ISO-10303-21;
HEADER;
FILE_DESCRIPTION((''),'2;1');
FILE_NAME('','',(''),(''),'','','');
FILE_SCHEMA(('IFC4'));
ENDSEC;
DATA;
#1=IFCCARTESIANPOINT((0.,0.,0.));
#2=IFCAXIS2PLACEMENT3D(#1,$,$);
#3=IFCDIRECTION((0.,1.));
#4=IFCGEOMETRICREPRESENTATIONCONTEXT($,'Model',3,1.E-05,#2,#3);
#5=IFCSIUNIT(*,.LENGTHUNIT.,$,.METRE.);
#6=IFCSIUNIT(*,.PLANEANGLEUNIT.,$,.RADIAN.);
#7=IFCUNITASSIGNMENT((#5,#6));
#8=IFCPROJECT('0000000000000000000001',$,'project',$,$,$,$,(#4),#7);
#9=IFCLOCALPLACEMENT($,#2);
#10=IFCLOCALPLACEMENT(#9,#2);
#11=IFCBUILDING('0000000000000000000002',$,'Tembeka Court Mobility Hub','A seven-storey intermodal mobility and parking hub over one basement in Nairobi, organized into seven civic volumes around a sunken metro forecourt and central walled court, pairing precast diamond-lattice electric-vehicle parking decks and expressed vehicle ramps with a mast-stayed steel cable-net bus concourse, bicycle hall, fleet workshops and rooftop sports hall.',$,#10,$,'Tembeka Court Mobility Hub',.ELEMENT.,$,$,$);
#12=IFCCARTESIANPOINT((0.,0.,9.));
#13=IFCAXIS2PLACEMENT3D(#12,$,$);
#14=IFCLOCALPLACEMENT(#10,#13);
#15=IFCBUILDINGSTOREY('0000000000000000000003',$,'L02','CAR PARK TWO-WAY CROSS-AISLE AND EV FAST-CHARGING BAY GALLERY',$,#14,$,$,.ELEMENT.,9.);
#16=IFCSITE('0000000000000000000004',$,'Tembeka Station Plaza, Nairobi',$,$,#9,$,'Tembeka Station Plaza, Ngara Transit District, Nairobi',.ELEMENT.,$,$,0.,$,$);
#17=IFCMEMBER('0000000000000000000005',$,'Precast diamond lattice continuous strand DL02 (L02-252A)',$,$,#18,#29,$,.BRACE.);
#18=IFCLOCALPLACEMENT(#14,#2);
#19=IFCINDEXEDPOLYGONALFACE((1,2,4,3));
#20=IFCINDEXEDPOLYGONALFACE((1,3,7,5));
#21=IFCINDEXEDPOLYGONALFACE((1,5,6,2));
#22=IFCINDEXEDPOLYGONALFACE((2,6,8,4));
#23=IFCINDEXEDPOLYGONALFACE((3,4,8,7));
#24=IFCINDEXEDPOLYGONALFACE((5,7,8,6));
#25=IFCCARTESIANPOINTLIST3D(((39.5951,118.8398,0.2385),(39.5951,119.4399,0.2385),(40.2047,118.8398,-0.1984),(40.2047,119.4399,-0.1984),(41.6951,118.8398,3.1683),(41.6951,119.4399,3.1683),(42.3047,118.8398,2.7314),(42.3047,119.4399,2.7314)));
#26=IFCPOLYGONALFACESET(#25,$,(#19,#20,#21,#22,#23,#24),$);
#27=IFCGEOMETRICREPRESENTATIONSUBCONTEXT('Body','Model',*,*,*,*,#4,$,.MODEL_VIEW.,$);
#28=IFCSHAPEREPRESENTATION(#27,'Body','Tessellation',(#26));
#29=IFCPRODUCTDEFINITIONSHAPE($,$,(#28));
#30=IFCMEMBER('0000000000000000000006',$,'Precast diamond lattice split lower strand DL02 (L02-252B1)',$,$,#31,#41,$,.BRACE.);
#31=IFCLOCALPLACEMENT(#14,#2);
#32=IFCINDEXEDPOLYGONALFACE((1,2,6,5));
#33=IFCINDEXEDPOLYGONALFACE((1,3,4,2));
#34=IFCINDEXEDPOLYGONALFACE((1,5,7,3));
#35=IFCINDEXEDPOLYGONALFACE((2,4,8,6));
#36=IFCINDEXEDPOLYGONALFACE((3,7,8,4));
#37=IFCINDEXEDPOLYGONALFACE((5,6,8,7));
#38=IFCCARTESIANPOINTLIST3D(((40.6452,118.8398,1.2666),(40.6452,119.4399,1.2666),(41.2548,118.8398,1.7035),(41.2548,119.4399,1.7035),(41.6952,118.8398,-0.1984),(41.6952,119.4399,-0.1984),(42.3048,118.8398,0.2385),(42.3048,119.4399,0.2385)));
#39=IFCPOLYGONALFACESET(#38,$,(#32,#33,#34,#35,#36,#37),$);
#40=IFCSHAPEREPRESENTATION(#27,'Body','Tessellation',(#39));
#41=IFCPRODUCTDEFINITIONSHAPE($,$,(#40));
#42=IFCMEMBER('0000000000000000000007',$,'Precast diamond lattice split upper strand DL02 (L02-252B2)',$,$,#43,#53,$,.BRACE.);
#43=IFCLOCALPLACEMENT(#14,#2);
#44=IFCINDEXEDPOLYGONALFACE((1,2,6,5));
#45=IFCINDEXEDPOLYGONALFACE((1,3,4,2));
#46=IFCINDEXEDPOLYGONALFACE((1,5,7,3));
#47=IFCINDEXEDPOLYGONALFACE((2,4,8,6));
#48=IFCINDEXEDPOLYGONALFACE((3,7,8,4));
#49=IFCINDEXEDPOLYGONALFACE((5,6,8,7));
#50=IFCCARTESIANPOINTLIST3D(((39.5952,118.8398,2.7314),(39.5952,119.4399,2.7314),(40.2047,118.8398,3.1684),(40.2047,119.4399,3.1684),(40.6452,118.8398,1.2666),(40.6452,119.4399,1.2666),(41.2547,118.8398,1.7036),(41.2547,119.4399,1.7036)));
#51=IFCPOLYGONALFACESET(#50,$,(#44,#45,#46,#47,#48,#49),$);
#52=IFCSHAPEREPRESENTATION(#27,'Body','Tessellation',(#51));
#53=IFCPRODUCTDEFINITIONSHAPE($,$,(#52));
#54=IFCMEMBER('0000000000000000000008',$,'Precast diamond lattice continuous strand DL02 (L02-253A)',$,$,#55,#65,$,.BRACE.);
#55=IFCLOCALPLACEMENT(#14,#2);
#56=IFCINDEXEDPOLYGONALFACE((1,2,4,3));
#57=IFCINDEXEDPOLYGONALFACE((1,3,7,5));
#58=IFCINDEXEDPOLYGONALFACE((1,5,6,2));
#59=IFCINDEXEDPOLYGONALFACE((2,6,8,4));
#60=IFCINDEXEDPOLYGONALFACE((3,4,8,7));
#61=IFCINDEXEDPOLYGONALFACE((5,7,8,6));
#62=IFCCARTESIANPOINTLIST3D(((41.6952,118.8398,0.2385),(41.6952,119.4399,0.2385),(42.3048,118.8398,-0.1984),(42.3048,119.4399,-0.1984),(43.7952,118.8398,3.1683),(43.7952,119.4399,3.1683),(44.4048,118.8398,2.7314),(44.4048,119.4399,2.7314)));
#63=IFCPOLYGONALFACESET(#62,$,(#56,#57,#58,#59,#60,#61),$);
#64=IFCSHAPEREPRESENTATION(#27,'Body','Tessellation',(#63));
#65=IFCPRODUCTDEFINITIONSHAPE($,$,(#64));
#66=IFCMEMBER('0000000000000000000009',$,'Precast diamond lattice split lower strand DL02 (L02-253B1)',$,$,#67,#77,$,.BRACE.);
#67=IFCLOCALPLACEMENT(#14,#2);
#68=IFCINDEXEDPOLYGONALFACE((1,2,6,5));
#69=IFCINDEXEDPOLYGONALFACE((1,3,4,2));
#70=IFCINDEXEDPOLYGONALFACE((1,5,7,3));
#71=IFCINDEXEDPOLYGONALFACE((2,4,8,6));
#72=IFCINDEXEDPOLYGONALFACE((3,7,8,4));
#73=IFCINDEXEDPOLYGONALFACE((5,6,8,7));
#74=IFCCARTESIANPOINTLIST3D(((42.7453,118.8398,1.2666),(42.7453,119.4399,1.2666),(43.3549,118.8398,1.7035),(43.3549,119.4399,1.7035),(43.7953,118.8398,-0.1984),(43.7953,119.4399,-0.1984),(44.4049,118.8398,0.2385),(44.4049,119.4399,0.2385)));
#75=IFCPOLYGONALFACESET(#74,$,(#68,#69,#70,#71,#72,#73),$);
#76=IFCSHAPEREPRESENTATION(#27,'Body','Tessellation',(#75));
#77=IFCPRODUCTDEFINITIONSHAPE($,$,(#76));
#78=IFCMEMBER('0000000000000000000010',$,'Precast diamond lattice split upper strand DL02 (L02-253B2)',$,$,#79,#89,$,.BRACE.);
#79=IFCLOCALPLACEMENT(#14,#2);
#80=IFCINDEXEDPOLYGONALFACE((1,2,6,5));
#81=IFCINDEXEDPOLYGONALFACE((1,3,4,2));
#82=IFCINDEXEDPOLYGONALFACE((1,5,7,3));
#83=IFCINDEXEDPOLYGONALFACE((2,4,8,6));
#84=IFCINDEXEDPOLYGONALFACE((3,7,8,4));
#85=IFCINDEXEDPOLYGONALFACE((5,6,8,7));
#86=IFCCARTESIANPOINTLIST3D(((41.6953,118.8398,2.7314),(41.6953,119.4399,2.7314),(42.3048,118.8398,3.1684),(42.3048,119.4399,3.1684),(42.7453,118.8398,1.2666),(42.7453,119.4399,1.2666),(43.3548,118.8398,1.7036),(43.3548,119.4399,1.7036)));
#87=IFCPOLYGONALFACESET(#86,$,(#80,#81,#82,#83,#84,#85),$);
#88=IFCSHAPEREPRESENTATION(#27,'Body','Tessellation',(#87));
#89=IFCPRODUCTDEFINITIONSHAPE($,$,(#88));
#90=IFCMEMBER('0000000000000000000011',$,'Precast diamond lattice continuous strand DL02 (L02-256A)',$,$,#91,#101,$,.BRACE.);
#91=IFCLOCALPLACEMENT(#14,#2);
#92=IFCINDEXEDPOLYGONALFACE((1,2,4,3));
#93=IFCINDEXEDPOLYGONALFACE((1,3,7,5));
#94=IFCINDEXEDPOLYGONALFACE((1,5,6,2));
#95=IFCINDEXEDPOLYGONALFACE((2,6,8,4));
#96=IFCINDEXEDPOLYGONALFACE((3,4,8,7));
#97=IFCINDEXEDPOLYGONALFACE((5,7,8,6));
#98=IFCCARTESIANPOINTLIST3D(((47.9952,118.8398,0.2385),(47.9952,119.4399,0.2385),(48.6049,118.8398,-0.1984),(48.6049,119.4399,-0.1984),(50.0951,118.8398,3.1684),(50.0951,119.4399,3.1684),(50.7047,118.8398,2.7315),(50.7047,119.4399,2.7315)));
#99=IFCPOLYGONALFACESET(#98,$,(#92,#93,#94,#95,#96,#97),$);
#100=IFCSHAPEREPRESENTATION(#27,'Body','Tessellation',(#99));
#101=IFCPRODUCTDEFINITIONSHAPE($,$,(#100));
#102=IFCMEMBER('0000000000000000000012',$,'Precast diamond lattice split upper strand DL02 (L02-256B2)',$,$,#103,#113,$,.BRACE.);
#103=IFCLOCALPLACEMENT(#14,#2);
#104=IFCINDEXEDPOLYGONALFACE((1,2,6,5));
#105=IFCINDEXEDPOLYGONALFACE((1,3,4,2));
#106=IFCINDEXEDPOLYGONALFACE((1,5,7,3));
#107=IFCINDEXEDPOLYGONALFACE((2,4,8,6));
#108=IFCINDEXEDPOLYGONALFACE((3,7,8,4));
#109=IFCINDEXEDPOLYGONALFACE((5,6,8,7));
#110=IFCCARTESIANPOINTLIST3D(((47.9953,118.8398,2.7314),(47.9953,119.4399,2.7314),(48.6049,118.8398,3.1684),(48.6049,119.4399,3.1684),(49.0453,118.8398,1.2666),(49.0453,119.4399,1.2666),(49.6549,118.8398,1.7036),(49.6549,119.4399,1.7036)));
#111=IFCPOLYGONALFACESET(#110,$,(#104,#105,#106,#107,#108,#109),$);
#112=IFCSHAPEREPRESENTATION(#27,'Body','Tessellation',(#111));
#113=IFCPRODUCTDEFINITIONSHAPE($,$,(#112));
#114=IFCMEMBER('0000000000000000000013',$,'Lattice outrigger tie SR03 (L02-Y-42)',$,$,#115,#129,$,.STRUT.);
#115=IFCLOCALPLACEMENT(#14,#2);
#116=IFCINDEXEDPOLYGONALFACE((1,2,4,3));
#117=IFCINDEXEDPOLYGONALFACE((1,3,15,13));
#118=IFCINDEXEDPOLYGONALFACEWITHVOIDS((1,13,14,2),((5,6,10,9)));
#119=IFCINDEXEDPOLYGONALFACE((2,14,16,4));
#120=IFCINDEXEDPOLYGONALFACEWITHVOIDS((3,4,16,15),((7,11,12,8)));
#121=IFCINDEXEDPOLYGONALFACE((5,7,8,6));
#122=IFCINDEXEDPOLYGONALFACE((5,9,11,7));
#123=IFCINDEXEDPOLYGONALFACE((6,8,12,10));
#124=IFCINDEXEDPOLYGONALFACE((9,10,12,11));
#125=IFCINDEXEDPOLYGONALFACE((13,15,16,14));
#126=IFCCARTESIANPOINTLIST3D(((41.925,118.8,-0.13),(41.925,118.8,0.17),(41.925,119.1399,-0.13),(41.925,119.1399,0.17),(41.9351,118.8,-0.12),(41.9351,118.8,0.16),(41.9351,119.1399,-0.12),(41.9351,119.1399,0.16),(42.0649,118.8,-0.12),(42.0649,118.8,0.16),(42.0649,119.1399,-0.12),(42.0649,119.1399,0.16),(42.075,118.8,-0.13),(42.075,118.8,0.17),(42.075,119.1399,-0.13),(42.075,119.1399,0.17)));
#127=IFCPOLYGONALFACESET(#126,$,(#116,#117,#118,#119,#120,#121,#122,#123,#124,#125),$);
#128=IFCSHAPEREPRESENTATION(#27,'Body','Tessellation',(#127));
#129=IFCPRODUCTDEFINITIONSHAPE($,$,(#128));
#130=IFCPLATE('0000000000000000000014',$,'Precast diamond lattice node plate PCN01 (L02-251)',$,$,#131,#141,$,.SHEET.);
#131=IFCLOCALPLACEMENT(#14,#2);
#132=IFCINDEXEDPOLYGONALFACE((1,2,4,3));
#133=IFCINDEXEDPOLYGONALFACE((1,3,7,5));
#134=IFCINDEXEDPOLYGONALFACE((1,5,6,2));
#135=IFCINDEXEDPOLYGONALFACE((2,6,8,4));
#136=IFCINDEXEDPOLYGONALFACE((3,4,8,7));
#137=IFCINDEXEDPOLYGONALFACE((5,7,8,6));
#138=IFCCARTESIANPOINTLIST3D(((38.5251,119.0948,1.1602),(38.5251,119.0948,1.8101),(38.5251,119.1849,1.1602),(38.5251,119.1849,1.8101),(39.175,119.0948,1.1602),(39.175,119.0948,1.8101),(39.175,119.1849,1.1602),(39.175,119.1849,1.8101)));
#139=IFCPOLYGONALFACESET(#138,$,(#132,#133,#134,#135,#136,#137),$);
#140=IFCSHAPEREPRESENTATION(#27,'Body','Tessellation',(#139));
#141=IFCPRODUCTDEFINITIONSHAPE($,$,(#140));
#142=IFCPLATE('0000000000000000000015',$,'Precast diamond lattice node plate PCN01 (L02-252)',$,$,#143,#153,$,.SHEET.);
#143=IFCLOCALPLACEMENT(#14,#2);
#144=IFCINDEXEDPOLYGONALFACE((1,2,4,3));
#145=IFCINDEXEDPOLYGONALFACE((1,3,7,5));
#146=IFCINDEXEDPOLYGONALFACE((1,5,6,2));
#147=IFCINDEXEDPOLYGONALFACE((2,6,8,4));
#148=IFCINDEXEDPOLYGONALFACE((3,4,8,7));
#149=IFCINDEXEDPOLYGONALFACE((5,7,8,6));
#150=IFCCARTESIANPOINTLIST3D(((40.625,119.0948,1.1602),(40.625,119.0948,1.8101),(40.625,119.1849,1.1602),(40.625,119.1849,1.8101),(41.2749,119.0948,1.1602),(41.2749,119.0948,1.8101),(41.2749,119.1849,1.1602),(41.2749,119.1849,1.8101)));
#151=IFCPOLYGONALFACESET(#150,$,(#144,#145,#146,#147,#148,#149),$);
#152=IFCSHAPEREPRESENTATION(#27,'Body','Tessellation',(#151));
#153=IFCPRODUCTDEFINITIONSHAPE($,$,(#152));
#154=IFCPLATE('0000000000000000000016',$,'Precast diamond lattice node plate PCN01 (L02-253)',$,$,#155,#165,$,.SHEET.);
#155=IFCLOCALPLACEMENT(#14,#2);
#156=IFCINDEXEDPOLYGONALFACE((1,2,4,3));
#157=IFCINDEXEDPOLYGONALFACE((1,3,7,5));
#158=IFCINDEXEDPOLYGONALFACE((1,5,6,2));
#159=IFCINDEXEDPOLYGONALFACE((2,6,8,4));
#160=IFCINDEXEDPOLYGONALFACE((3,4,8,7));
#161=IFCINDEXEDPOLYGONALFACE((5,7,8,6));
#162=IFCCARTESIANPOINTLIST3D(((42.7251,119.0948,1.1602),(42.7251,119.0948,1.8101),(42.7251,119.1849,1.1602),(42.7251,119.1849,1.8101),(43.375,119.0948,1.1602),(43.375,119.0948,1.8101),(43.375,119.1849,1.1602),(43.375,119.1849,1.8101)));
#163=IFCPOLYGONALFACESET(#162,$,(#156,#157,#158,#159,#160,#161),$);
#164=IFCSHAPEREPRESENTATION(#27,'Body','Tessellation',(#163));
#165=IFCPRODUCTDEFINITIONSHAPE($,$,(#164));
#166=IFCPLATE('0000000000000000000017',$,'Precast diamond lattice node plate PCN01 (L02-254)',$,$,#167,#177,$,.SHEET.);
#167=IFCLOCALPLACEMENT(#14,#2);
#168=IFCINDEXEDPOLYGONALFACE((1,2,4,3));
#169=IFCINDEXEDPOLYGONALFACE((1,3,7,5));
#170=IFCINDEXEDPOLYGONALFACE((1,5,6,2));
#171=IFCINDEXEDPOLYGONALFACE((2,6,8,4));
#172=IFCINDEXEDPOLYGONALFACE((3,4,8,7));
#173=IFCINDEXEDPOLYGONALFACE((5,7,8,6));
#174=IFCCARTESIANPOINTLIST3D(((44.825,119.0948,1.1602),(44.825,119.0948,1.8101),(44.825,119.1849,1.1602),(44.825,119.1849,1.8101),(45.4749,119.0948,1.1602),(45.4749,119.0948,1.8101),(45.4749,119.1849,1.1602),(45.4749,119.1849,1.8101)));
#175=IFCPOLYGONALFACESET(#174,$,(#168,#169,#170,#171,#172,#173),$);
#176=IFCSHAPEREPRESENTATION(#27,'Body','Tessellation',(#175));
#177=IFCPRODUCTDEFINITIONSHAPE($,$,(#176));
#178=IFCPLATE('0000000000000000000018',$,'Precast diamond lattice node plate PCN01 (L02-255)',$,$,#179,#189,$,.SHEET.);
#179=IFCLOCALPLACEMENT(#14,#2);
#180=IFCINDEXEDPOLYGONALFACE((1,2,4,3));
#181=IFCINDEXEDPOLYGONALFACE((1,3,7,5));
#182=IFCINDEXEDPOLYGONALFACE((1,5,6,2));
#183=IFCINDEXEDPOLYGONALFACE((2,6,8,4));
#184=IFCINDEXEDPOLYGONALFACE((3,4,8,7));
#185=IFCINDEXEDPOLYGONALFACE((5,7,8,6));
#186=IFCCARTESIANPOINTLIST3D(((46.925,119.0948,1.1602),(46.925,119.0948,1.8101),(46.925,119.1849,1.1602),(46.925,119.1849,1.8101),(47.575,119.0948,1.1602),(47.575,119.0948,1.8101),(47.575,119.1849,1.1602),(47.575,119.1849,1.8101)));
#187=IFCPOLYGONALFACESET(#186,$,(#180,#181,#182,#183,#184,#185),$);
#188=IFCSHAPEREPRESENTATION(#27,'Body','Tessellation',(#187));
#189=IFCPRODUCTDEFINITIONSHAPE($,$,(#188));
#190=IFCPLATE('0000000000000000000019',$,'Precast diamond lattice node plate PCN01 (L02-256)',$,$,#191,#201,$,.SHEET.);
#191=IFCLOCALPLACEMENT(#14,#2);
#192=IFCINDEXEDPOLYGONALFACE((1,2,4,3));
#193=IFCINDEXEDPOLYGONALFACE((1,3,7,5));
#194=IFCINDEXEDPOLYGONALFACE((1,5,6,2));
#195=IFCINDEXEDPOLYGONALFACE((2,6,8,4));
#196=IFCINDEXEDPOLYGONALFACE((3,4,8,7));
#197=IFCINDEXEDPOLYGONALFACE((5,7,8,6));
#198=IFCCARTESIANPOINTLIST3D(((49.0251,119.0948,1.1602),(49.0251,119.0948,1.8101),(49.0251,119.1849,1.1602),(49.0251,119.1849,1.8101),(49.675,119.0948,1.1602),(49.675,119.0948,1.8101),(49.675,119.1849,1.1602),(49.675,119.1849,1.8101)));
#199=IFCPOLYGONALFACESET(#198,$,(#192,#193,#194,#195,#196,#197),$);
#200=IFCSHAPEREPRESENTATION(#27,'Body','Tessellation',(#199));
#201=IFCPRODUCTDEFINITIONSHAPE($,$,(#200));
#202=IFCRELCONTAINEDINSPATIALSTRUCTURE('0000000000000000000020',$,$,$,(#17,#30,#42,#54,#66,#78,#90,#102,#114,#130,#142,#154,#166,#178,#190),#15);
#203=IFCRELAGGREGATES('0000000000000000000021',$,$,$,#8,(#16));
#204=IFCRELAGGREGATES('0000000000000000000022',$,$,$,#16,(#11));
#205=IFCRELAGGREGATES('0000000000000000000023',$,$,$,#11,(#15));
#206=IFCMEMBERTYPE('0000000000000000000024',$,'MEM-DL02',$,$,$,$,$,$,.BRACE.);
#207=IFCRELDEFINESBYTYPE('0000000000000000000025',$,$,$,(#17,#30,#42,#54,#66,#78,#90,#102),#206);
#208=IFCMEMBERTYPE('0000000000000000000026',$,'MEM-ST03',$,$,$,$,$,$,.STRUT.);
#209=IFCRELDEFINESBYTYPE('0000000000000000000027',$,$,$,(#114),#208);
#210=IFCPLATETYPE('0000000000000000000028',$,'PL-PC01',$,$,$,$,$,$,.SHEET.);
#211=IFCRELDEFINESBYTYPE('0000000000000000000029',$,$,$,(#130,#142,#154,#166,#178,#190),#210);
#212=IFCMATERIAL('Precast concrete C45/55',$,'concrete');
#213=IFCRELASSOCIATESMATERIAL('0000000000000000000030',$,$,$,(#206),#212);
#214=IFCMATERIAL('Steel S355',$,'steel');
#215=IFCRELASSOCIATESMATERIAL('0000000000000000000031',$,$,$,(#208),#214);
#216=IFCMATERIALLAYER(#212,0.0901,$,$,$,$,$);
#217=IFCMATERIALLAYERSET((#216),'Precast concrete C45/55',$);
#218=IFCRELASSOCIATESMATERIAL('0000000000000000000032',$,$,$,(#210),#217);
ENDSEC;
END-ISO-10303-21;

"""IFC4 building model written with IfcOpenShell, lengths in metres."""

from ifc_helpers import new_model, si_unit, direction, frame, origin, origin_2d, place, context, subcontext, project, spatial, rectangle, hollow_rectangle, extrude, material, layer, layer_set, material_profile, profile_set, type_object, element, save


model = new_model("IFC4")

# Units and contexts
model_context = context("Model", 3, precision=1e-05, world=origin(), true_north=direction((0.0, 1.0)))
body_context = subcontext(model_context, "Body", "Model", "MODEL_VIEW")
ifc_project = project(units=[si_unit("LENGTHUNIT", "METRE"), si_unit("PLANEANGLEUNIT", "RADIAN")], contexts=[model_context])

# Site, building, storey
site_placement = place(None, origin())
site = spatial("IfcSite", under=ifc_project, at=site_placement, Name="Tembeka Station Plaza, Nairobi", LongName="Tembeka Station Plaza, Ngara Transit District, Nairobi", CompositionType="ELEMENT", RefElevation=0.0)
building_placement = place(site_placement, origin())
building = spatial("IfcBuilding", under=site, at=building_placement, Name="Tembeka Court Mobility Hub", Description="A seven-storey intermodal mobility and parking hub over one basement in Nairobi, organized into seven civic volumes around a sunken metro forecourt and central walled court, pairing precast diamond-lattice electric-vehicle parking decks and expressed vehicle ramps with a mast-stayed steel cable-net bus concourse, bicycle hall, fleet workshops and rooftop sports hall.", LongName="Tembeka Court Mobility Hub", CompositionType="ELEMENT")
storey_placement = place(building_placement, frame((0.0, 0.0, 9.0)))
storey = spatial("IfcBuildingStorey", under=building, at=storey_placement, Name="L02", Description="CAR PARK TWO-WAY CROSS-AISLE AND EV FAST-CHARGING BAY GALLERY", CompositionType="ELEMENT", Elevation=9.0)

# Shared definitions
ifc_material_1 = material(Name="Steel S355", Category="steel")

# Shared definitions
ifc_material_2 = material(Name="Precast concrete C45/55", Category="concrete")

# Members
ifc_material_profile_1 = material_profile(ifc_material_2, rectangle(XDim=0.6001, YDim=0.75, at=origin_2d()), Name="PC-DIAG 600x750")
ifc_profile_set_1 = profile_set([ifc_material_profile_1], Name="Precast concrete C45/55")
member_type_1 = type_object("IfcMemberType", Name="MEM-DL02", PredefinedType="BRACE", material=ifc_profile_set_1)
member_1_placement = place(storey_placement, frame((39.8999, 119.1399, 0.02), z_axis=(0.582576, 0.0, 0.812776), x_axis=(0.0, 1.0, 0.0)))
element("IfcMember", 1, at=member_1_placement, inside=storey, type_object=member_type_1, Name="Precast diamond lattice continuous strand DL02 (L02-252A)", PredefinedType="BRACE", context=body_context, shape_type="SweptSolid", body=[
    extrude(rectangle(XDim=0.6001, YDim=0.75, at=origin_2d()), origin(), (0.0, 0.0, 1.0), 3.6047),
])
member_2_placement = place(storey_placement, frame((42.0, 119.1399, 0.02), z_axis=(-0.582544, 0.0, 0.812799), x_axis=(0.0, -1.0, 0.0)))
element("IfcMember", 2, at=member_2_placement, inside=storey, type_object=member_type_1, Name="Precast diamond lattice split lower strand DL02 (L02-252B1)", PredefinedType="BRACE", context=body_context, shape_type="SweptSolid", body=[
    extrude(rectangle(XDim=0.6001, YDim=0.75, at=origin_2d()), origin(), (0.0, 0.0, 1.0), 1.8025),
])
member_3_placement = place(storey_placement, frame((40.95, 119.1399, 1.4851), z_axis=(-0.582608, 0.0, 0.812753), x_axis=(0.0, -1.0, 0.0)))
element("IfcMember", 3, at=member_3_placement, inside=storey, type_object=member_type_1, Name="Precast diamond lattice split upper strand DL02 (L02-252B2)", PredefinedType="BRACE", context=body_context, shape_type="SweptSolid", body=[
    extrude(rectangle(XDim=0.6001, YDim=0.75, at=origin_2d()), origin(), (0.0, 0.0, 1.0), 1.8022),
])
member_4_placement = place(storey_placement, frame((42.0, 119.1399, 0.02), z_axis=(0.582576, 0.0, 0.812776), x_axis=(0.0, 1.0, 0.0)))
element("IfcMember", 4, at=member_4_placement, inside=storey, type_object=member_type_1, Name="Precast diamond lattice continuous strand DL02 (L02-253A)", PredefinedType="BRACE", context=body_context, shape_type="SweptSolid", body=[
    extrude(rectangle(XDim=0.6001, YDim=0.75, at=origin_2d()), origin(), (0.0, 0.0, 1.0), 3.6047),
])
member_5_placement = place(storey_placement, frame((44.1001, 119.1399, 0.02), z_axis=(-0.582544, 0.0, 0.812799), x_axis=(0.0, -1.0, 0.0)))
element("IfcMember", 5, at=member_5_placement, inside=storey, type_object=member_type_1, Name="Precast diamond lattice split lower strand DL02 (L02-253B1)", PredefinedType="BRACE", context=body_context, shape_type="SweptSolid", body=[
    extrude(rectangle(XDim=0.6001, YDim=0.75, at=origin_2d()), origin(), (0.0, 0.0, 1.0), 1.8025),
])
member_6_placement = place(storey_placement, frame((43.05, 119.1399, 1.4851), z_axis=(-0.582608, 0.0, 0.812753), x_axis=(0.0, -1.0, 0.0)))
element("IfcMember", 6, at=member_6_placement, inside=storey, type_object=member_type_1, Name="Precast diamond lattice split upper strand DL02 (L02-253B2)", PredefinedType="BRACE", context=body_context, shape_type="SweptSolid", body=[
    extrude(rectangle(XDim=0.6001, YDim=0.75, at=origin_2d()), origin(), (0.0, 0.0, 1.0), 1.8022),
])
member_7_placement = place(storey_placement, frame((48.3, 119.1399, 0.02), z_axis=(0.582532, 0.0, 0.812808), x_axis=(0.0, 1.0, 0.0)))
element("IfcMember", 7, at=member_7_placement, inside=storey, type_object=member_type_1, Name="Precast diamond lattice continuous strand DL02 (L02-256A)", PredefinedType="BRACE", context=body_context, shape_type="SweptSolid", body=[
    extrude(rectangle(XDim=0.6001, YDim=0.75, at=origin_2d()), origin(), (0.0, 0.0, 1.0), 3.6047),
])
member_8_placement = place(storey_placement, frame((49.3501, 119.1399, 1.4851), z_axis=(-0.582608, 0.0, 0.812753), x_axis=(0.0, -1.0, 0.0)))
element("IfcMember", 8, at=member_8_placement, inside=storey, type_object=member_type_1, Name="Precast diamond lattice split upper strand DL02 (L02-256B2)", PredefinedType="BRACE", context=body_context, shape_type="SweptSolid", body=[
    extrude(rectangle(XDim=0.6001, YDim=0.75, at=origin_2d()), origin(), (0.0, 0.0, 1.0), 1.8022),
])
ifc_material_profile_2 = material_profile(ifc_material_1, hollow_rectangle(XDim=0.1499, YDim=0.3, WallThickness=0.01, at=origin_2d()), Name="RHS 300x150x10")
ifc_profile_set_2 = profile_set([ifc_material_profile_2], Name="Steel S355")
member_type_2 = type_object("IfcMemberType", Name="MEM-ST03", PredefinedType="STRUT", material=ifc_profile_set_2)
member_9_placement = place(storey_placement, frame((42.0, 118.8, 0.02), z_axis=(0.0, 1.0, 0.0), x_axis=(-1.0, 0.0, 0.0)))
element("IfcMember", 9, at=member_9_placement, inside=storey, type_object=member_type_2, Name="Lattice outrigger tie SR03 (L02-Y-42)", PredefinedType="STRUT", context=body_context, shape_type="SweptSolid", body=[
    extrude(hollow_rectangle(XDim=0.1499, YDim=0.3, WallThickness=0.01, at=origin_2d()), origin(), (0.0, 0.0, 1.0), 0.3398),
])

# Plates
ifc_layer = layer(ifc_material_2, 0.0901)
ifc_layer_set = layer_set([ifc_layer], Name="Precast concrete C45/55")
plate_type = type_object("IfcPlateType", Name="PL-PC01", PredefinedType="SHEET", material=ifc_layer_set)
for number, where, z_axis, x_axis, name in (
    (10, (38.8501, 119.1399, 1.1602), (0.0, 0.0, 1.0), (1.0, 0.0, 0.0), "Precast diamond lattice node plate PCN01 (L02-251)"),
    (11, (40.95, 119.1399, 1.1602), (0.0, 0.0, 1.0), (1.0, 0.0, 0.0), "Precast diamond lattice node plate PCN01 (L02-252)"),
    (12, (43.05, 119.1399, 1.1602), (0.0, 0.0, 1.0), (1.0, 0.0, 0.0), "Precast diamond lattice node plate PCN01 (L02-253)"),
    (13, (45.1499, 119.1399, 1.1602), (0.0, 0.0, 1.0), (1.0, 0.0, 0.0), "Precast diamond lattice node plate PCN01 (L02-254)"),
    (14, (47.25, 119.1399, 1.1602), (0.0, 0.0, 1.0), (1.0, 0.0, 0.0), "Precast diamond lattice node plate PCN01 (L02-255)"),
    (15, (49.3501, 119.1399, 1.1602), (0.0, 0.0, 1.0), (1.0, 0.0, 0.0), "Precast diamond lattice node plate PCN01 (L02-256)"),
):
    element("IfcPlate", number, at=place(storey_placement, frame(where, z_axis=z_axis, x_axis=x_axis)), inside=storey, type_object=plate_type, Name=name, PredefinedType="SHEET", context=body_context, shape_type="SweptSolid", body=[
        extrude(rectangle(XDim=0.6499, YDim=0.0901, at=origin_2d()), origin(), (0.0, 0.0, 1.0), 0.6499),
    ])

save(model, "model.ifc")
